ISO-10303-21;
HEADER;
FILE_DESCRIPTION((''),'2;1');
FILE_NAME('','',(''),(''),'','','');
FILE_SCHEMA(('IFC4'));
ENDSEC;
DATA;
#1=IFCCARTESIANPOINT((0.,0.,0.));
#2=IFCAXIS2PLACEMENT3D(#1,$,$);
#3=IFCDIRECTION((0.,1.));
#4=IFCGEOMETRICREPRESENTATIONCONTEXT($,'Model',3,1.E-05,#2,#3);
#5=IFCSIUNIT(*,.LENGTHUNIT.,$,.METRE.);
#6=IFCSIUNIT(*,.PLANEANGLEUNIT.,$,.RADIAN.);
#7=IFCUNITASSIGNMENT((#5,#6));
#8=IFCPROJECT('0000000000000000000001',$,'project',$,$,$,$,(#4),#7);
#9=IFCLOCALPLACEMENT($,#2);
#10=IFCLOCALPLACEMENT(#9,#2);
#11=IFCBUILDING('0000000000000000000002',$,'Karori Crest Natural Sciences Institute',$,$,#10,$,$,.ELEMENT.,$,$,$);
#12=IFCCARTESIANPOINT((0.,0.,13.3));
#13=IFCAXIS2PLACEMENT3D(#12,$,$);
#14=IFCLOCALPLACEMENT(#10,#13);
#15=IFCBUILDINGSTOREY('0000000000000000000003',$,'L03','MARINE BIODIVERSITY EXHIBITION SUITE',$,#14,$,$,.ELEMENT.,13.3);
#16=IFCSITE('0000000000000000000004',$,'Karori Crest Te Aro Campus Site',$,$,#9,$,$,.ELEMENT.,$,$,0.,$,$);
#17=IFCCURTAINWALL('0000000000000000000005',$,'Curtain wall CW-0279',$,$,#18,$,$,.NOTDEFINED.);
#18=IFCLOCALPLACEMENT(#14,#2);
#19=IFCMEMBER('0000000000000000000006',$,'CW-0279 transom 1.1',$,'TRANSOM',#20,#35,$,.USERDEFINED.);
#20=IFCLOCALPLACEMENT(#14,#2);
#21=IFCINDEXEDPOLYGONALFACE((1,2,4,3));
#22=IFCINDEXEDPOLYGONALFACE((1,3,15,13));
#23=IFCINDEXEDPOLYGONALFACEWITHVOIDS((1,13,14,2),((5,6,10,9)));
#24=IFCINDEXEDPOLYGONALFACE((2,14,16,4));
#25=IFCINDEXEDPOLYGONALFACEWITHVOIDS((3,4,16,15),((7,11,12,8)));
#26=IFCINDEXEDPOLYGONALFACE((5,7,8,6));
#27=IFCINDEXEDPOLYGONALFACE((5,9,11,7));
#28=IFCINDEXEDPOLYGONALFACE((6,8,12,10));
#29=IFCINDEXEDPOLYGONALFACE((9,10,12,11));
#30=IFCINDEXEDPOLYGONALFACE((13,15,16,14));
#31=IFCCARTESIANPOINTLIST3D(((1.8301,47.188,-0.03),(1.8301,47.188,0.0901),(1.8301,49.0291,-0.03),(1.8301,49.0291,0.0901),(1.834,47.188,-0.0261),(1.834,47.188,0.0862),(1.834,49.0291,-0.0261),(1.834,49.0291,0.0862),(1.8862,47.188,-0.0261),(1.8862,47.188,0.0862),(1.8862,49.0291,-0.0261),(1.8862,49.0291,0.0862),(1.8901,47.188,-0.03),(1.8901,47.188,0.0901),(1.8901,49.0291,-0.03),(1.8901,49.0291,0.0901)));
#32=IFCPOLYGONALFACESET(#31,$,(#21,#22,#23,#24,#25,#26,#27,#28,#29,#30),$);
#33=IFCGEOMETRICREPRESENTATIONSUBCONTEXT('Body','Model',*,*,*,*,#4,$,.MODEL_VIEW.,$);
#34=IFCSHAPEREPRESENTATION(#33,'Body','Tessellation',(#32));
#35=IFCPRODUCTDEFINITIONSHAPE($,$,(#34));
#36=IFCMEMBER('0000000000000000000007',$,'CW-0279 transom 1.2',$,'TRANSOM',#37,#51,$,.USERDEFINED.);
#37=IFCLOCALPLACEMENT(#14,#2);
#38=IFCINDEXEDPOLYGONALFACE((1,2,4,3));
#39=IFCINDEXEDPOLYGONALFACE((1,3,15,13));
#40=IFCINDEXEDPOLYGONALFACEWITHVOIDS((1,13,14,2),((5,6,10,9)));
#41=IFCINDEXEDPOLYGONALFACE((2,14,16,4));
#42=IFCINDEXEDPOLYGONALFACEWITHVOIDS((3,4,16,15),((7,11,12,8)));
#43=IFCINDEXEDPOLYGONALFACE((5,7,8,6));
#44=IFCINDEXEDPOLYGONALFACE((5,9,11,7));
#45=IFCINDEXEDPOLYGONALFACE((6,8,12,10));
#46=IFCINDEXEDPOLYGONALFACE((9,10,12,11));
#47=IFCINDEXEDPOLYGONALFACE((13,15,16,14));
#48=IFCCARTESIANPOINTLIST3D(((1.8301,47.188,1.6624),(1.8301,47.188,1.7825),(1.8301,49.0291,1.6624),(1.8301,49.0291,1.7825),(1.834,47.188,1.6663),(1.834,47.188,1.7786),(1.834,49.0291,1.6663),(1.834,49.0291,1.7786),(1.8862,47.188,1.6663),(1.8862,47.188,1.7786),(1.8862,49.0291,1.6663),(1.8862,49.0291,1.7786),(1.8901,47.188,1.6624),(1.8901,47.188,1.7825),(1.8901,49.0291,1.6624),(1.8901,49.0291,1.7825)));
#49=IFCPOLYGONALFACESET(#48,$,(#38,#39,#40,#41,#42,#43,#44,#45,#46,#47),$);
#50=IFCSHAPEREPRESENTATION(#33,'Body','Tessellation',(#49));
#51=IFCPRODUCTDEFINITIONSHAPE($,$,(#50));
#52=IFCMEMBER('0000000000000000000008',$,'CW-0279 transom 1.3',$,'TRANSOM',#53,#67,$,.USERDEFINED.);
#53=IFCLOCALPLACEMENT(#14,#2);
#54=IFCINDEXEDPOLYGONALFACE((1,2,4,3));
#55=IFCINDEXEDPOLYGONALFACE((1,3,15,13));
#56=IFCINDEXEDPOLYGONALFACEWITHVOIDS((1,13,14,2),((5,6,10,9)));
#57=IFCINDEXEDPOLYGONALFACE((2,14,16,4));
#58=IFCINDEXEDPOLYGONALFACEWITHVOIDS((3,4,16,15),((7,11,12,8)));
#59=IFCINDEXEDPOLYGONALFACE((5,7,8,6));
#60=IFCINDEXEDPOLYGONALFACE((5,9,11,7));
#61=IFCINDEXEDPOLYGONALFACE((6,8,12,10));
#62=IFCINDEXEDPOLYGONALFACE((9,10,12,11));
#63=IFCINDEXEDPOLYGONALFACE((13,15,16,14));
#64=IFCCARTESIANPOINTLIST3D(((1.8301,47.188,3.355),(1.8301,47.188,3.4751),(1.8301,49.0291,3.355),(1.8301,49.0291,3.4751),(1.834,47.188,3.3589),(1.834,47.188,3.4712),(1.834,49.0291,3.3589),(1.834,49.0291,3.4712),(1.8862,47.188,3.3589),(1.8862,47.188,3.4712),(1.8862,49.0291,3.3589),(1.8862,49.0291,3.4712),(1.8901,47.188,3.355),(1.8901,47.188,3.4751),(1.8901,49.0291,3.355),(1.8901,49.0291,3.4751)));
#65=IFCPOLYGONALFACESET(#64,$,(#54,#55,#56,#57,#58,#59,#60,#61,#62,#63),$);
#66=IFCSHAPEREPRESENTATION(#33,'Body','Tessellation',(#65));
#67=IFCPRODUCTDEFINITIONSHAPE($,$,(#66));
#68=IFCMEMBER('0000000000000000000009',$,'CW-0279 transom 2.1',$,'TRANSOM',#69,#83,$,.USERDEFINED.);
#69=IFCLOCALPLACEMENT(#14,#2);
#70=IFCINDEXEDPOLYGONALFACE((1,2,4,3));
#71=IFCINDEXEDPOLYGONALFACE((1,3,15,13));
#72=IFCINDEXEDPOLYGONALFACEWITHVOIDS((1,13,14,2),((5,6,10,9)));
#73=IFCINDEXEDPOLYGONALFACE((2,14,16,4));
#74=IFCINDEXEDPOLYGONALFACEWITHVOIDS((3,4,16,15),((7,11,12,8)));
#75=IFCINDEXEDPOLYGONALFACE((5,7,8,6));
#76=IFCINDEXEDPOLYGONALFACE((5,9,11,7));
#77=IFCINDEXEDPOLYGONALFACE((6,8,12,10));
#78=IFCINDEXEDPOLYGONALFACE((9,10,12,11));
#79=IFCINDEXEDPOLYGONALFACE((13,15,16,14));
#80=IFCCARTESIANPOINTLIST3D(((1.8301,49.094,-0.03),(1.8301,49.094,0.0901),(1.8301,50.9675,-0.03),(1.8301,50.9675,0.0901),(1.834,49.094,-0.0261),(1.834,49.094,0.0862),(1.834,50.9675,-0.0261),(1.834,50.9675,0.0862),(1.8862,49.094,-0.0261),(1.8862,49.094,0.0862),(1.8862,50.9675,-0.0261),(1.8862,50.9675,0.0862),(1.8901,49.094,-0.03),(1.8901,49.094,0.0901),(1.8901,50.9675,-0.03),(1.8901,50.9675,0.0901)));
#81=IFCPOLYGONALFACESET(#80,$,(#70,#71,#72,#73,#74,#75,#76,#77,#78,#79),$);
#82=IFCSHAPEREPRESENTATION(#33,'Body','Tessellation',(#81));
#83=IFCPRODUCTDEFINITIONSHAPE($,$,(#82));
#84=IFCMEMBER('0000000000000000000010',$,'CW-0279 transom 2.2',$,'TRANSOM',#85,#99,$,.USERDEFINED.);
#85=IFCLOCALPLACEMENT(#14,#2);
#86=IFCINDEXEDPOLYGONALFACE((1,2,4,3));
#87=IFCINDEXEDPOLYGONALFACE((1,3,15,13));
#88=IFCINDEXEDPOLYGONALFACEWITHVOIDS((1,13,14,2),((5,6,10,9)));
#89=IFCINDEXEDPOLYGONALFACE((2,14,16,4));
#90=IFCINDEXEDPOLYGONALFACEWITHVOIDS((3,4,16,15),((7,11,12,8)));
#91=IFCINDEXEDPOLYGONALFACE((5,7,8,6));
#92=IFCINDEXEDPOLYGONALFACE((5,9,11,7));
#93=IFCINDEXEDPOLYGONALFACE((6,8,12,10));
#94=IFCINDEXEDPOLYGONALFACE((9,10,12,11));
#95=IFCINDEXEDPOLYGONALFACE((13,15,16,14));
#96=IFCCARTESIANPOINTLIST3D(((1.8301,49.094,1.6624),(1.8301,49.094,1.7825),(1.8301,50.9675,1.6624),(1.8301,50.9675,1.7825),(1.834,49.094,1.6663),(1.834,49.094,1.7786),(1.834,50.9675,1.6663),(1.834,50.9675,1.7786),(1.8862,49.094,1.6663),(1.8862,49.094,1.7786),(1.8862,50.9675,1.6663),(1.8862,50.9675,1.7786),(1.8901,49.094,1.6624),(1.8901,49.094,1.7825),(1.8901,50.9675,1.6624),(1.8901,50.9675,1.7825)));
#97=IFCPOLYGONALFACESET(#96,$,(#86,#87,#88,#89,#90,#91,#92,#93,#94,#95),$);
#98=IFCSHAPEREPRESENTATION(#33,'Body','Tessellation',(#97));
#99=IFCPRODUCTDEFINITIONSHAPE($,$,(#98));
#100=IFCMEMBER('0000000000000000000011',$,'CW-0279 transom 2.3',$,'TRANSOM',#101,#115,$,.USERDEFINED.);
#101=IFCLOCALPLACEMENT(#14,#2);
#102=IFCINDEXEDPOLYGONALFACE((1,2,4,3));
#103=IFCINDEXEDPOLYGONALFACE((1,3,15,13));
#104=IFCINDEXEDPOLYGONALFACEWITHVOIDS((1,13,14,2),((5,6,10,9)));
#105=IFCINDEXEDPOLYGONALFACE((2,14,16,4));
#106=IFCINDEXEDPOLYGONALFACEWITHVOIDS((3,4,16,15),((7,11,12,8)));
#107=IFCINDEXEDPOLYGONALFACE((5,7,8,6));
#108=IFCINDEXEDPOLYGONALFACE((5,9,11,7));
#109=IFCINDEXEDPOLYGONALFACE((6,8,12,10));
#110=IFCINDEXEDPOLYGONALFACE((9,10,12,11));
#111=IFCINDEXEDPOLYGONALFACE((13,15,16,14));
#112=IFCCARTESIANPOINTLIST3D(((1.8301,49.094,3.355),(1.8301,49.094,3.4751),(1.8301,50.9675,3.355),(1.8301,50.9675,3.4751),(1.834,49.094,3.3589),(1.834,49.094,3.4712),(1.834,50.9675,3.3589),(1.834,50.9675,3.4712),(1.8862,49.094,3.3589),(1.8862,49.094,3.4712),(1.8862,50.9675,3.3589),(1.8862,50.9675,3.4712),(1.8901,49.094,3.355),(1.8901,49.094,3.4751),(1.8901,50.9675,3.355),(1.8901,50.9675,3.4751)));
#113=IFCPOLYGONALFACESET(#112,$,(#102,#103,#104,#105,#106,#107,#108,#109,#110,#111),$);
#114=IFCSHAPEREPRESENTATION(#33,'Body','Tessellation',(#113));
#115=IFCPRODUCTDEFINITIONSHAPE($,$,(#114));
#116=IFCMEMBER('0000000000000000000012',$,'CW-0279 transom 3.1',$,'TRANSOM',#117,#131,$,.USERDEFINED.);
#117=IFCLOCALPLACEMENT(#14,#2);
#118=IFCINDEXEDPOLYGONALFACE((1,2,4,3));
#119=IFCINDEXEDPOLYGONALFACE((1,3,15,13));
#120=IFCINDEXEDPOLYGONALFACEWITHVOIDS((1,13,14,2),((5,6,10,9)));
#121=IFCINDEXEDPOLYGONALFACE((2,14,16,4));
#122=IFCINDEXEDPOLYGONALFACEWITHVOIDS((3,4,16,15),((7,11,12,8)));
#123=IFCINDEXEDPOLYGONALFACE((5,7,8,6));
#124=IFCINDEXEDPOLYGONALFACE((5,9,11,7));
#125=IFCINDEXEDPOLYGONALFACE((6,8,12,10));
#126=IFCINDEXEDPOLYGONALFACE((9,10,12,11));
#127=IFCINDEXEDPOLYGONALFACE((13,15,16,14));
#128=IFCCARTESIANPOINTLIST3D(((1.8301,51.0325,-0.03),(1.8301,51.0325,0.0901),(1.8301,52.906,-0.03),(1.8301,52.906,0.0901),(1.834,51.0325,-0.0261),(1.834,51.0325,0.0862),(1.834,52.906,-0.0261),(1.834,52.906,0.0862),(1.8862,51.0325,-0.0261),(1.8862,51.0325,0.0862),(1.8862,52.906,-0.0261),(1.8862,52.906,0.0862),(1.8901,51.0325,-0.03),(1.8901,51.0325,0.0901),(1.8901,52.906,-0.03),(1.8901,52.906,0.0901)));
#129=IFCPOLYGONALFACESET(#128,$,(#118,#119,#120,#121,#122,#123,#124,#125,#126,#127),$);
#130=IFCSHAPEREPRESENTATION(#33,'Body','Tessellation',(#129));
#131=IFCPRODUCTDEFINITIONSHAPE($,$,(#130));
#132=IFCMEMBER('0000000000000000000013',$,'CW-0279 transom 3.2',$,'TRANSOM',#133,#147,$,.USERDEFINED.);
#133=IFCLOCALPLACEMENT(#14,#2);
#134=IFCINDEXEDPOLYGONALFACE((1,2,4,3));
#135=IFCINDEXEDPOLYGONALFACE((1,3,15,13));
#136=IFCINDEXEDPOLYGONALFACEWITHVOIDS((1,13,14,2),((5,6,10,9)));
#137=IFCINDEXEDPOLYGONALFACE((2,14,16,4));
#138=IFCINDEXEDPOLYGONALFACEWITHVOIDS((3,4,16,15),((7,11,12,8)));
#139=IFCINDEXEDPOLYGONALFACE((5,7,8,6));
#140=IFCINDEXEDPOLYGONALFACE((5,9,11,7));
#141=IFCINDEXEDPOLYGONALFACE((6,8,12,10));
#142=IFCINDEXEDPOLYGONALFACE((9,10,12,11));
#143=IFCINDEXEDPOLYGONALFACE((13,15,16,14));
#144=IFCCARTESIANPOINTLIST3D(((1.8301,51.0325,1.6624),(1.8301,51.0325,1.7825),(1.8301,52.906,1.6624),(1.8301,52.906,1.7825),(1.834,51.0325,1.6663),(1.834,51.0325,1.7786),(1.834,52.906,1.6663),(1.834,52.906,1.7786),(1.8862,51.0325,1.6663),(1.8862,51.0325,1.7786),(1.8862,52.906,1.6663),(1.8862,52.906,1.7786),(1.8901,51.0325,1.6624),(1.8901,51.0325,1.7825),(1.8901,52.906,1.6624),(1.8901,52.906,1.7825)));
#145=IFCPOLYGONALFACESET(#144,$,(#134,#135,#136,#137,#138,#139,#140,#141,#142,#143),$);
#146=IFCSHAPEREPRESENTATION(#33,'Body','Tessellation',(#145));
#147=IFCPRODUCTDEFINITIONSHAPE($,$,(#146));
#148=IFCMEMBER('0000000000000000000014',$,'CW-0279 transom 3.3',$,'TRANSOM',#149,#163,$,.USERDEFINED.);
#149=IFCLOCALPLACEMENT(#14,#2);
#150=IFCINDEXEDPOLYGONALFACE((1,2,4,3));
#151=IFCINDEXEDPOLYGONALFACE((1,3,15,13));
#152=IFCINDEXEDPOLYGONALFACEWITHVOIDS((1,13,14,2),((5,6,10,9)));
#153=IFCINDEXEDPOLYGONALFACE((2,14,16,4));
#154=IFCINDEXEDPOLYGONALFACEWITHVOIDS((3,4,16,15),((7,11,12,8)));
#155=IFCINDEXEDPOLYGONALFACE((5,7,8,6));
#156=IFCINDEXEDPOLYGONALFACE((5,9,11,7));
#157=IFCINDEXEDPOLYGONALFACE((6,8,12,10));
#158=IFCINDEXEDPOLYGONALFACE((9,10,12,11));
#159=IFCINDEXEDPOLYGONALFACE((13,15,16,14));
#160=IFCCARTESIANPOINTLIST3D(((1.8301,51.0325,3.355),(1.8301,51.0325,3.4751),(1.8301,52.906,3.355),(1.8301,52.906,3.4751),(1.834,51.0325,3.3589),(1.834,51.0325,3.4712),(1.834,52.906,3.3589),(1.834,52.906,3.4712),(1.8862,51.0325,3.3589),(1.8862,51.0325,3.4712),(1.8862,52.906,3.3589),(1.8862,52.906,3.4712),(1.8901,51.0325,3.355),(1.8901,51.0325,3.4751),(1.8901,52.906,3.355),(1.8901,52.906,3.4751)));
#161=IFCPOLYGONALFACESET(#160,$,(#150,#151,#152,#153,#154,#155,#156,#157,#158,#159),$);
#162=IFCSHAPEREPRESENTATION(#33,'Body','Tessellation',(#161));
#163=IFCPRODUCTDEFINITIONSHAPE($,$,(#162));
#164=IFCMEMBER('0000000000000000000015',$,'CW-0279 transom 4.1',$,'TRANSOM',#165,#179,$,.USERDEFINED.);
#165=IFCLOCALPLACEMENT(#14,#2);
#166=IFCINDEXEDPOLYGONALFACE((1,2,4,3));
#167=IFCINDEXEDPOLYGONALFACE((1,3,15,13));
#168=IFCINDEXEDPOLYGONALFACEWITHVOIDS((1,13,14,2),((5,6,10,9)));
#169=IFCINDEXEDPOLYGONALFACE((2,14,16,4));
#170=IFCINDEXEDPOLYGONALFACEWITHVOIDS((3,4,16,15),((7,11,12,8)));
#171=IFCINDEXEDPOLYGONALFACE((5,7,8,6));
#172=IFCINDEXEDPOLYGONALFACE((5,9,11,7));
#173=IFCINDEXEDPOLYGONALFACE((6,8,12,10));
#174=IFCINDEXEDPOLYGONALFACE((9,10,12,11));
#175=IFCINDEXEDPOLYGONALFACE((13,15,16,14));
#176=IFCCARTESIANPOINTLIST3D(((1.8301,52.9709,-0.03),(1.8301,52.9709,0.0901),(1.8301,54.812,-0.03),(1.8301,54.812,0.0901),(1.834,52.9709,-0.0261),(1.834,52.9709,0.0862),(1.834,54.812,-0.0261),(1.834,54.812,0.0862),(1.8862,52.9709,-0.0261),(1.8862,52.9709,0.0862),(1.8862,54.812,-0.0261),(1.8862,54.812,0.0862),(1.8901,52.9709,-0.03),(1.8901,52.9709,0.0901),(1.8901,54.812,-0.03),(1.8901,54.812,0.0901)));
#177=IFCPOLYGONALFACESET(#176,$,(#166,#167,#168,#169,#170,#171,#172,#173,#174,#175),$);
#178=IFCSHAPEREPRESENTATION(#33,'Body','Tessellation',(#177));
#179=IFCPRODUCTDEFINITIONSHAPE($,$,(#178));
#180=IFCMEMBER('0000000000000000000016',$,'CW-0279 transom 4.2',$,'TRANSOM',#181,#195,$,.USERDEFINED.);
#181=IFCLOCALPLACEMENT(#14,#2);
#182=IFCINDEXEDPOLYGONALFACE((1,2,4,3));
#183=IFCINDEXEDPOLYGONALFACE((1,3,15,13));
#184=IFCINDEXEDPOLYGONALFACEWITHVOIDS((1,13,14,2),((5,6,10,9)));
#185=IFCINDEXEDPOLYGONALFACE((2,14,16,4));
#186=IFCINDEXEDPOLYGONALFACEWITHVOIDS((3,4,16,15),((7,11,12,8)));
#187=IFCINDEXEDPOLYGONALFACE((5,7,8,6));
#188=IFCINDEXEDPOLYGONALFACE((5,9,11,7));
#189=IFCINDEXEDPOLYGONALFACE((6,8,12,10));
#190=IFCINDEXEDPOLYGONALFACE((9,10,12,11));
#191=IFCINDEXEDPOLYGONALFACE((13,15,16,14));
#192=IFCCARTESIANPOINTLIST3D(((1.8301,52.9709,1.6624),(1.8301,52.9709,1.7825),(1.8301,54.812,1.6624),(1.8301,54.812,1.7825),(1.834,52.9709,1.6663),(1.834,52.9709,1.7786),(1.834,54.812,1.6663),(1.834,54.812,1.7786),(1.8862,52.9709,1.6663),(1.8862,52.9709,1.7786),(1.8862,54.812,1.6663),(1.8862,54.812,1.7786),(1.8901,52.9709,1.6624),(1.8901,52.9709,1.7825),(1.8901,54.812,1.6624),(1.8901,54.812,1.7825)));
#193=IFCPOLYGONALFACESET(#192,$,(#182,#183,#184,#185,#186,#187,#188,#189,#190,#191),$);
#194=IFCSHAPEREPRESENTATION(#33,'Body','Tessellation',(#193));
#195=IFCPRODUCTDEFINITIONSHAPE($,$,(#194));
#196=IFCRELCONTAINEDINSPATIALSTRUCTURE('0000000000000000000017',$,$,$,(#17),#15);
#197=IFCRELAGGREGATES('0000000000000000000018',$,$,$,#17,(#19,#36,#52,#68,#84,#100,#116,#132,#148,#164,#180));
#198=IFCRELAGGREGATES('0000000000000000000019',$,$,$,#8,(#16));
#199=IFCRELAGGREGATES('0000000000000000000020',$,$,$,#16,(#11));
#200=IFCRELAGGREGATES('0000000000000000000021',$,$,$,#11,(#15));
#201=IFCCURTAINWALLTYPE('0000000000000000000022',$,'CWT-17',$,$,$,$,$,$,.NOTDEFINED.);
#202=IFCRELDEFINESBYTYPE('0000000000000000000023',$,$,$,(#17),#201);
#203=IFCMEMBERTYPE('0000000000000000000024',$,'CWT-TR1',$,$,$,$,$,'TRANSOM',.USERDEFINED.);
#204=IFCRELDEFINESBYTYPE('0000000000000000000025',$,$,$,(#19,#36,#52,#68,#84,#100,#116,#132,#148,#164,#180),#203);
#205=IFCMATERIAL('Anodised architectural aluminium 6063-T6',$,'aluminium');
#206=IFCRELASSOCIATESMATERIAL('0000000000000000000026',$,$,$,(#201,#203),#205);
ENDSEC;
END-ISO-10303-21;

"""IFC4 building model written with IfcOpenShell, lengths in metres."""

from ifc_helpers import new_model, si_unit, direction, frame, origin, origin_2d, place, context, subcontext, project, spatial, hollow_rectangle, extrude, material, material_profile, profile_set, type_object, element, aggregate, save


model = new_model("IFC4")

# Units and contexts
model_context = context("Model", 3, precision=1e-05, world=origin(), true_north=direction((0.0, 1.0)))
body_context = subcontext(model_context, "Body", "Model", "MODEL_VIEW")
ifc_project = project(units=[si_unit("LENGTHUNIT", "METRE"), si_unit("PLANEANGLEUNIT", "RADIAN")], contexts=[model_context])

# Site, building, storey
site_placement = place(None, origin())
site = spatial("IfcSite", under=ifc_project, at=site_placement, Name="Karori Crest Te Aro Campus Site", CompositionType="ELEMENT", RefElevation=0.0)
building_placement = place(site_placement, origin())
building = spatial("IfcBuilding", under=site, at=building_placement, Name="Karori Crest Natural Sciences Institute", CompositionType="ELEMENT")
storey_placement = place(building_placement, frame((0.0, 0.0, 13.3)))
storey = spatial("IfcBuildingStorey", under=building, at=storey_placement, Name="L03", Description="MARINE BIODIVERSITY EXHIBITION SUITE", CompositionType="ELEMENT", Elevation=13.3)

# Curtain wall, members
ifc_material_1 = material(Name="Anodised architectural aluminium 6063-T6", Category="aluminium")
curtain_wall_type = type_object("IfcCurtainWallType", Name="CWT-17", PredefinedType="NOTDEFINED", material=ifc_material_1)
curtain_wall_placement = place(storey_placement, origin())
curtain_wall = element("IfcCurtainWall", 1, at=curtain_wall_placement, inside=storey, type_object=curtain_wall_type, Name="Curtain wall CW-0279", PredefinedType="NOTDEFINED")
ifc_material_profile_1 = material_profile(ifc_material_1, hollow_rectangle(XDim=0.0601, YDim=0.1201, WallThickness=0.0039, at=origin_2d()), Name="CWT120x60x4")
ifc_profile_set_1 = profile_set([ifc_material_profile_1], Name="Anodised architectural aluminium 6063-T6")
member_type_1 = type_object("IfcMemberType", Name="CWT-TR1", ElementType="TRANSOM", PredefinedType="USERDEFINED", material=ifc_profile_set_1)
member_1_placement = place(storey_placement, frame((1.8601, 47.188, 0.03), z_axis=(0.0, 1.0, 0.0), x_axis=(-1.0, 0.0, 0.0)))
member_1 = element("IfcMember", 2, at=member_1_placement, type_object=member_type_1, Name="CW-0279 transom 1.1", ObjectType="TRANSOM", PredefinedType="USERDEFINED", context=body_context, shape_type="SweptSolid", body=[
    extrude(hollow_rectangle(XDim=0.0601, YDim=0.1201, WallThickness=0.0039, at=origin_2d()), origin(), (0.0, 0.0, 1.0), 1.8411),
])
member_2_placement = place(storey_placement, frame((1.8601, 47.188, 1.7224), z_axis=(0.0, 1.0, 0.0), x_axis=(-1.0, 0.0, 0.0)))
member_2 = element("IfcMember", 3, at=member_2_placement, type_object=member_type_1, Name="CW-0279 transom 1.2", ObjectType="TRANSOM", PredefinedType="USERDEFINED", context=body_context, shape_type="SweptSolid", body=[
    extrude(hollow_rectangle(XDim=0.0601, YDim=0.1201, WallThickness=0.0039, at=origin_2d()), origin(), (0.0, 0.0, 1.0), 1.8411),
])
member_3_placement = place(storey_placement, frame((1.8601, 47.188, 3.415), z_axis=(0.0, 1.0, 0.0), x_axis=(-1.0, 0.0, 0.0)))
member_3 = element("IfcMember", 4, at=member_3_placement, type_object=member_type_1, Name="CW-0279 transom 1.3", ObjectType="TRANSOM", PredefinedType="USERDEFINED", context=body_context, shape_type="SweptSolid", body=[
    extrude(hollow_rectangle(XDim=0.0601, YDim=0.1201, WallThickness=0.0039, at=origin_2d()), origin(), (0.0, 0.0, 1.0), 1.8411),
])
member_4_placement = place(storey_placement, frame((1.8601, 49.094, 0.03), z_axis=(0.0, 1.0, 0.0), x_axis=(-1.0, 0.0, 0.0)))
member_4 = element("IfcMember", 5, at=member_4_placement, type_object=member_type_1, Name="CW-0279 transom 2.1", ObjectType="TRANSOM", PredefinedType="USERDEFINED", context=body_context, shape_type="SweptSolid", body=[
    extrude(hollow_rectangle(XDim=0.0601, YDim=0.1201, WallThickness=0.0039, at=origin_2d()), origin(), (0.0, 0.0, 1.0), 1.8735),
])
member_5_placement = place(storey_placement, frame((1.8601, 49.094, 1.7224), z_axis=(0.0, 1.0, 0.0), x_axis=(-1.0, 0.0, 0.0)))
member_5 = element("IfcMember", 6, at=member_5_placement, type_object=member_type_1, Name="CW-0279 transom 2.2", ObjectType="TRANSOM", PredefinedType="USERDEFINED", context=body_context, shape_type="SweptSolid", body=[
    extrude(hollow_rectangle(XDim=0.0601, YDim=0.1201, WallThickness=0.0039, at=origin_2d()), origin(), (0.0, 0.0, 1.0), 1.8735),
])
member_6_placement = place(storey_placement, frame((1.8601, 49.094, 3.415), z_axis=(0.0, 1.0, 0.0), x_axis=(-1.0, 0.0, 0.0)))
member_6 = element("IfcMember", 7, at=member_6_placement, type_object=member_type_1, Name="CW-0279 transom 2.3", ObjectType="TRANSOM", PredefinedType="USERDEFINED", context=body_context, shape_type="SweptSolid", body=[
    extrude(hollow_rectangle(XDim=0.0601, YDim=0.1201, WallThickness=0.0039, at=origin_2d()), origin(), (0.0, 0.0, 1.0), 1.8735),
])
member_7_placement = place(storey_placement, frame((1.8601, 51.0325, 0.03), z_axis=(0.0, 1.0, 0.0), x_axis=(-1.0, 0.0, 0.0)))
member_7 = element("IfcMember", 8, at=member_7_placement, type_object=member_type_1, Name="CW-0279 transom 3.1", ObjectType="TRANSOM", PredefinedType="USERDEFINED", context=body_context, shape_type="SweptSolid", body=[
    extrude(hollow_rectangle(XDim=0.0601, YDim=0.1201, WallThickness=0.0039, at=origin_2d()), origin(), (0.0, 0.0, 1.0), 1.8735),
])
member_8_placement = place(storey_placement, frame((1.8601, 51.0325, 1.7224), z_axis=(0.0, 1.0, 0.0), x_axis=(-1.0, 0.0, 0.0)))
member_8 = element("IfcMember", 9, at=member_8_placement, type_object=member_type_1, Name="CW-0279 transom 3.2", ObjectType="TRANSOM", PredefinedType="USERDEFINED", context=body_context, shape_type="SweptSolid", body=[
    extrude(hollow_rectangle(XDim=0.0601, YDim=0.1201, WallThickness=0.0039, at=origin_2d()), origin(), (0.0, 0.0, 1.0), 1.8735),
])
member_9_placement = place(storey_placement, frame((1.8601, 51.0325, 3.415), z_axis=(0.0, 1.0, 0.0), x_axis=(-1.0, 0.0, 0.0)))
member_9 = element("IfcMember", 10, at=member_9_placement, type_object=member_type_1, Name="CW-0279 transom 3.3", ObjectType="TRANSOM", PredefinedType="USERDEFINED", context=body_context, shape_type="SweptSolid", body=[
    extrude(hollow_rectangle(XDim=0.0601, YDim=0.1201, WallThickness=0.0039, at=origin_2d()), origin(), (0.0, 0.0, 1.0), 1.8735),
])
member_10_placement = place(storey_placement, frame((1.8601, 52.9709, 0.03), z_axis=(0.0, 1.0, 0.0), x_axis=(-1.0, 0.0, 0.0)))
member_10 = element("IfcMember", 11, at=member_10_placement, type_object=member_type_1, Name="CW-0279 transom 4.1", ObjectType="TRANSOM", PredefinedType="USERDEFINED", context=body_context, shape_type="SweptSolid", body=[
    extrude(hollow_rectangle(XDim=0.0601, YDim=0.1201, WallThickness=0.0039, at=origin_2d()), origin(), (0.0, 0.0, 1.0), 1.8411),
])
member_11_placement = place(storey_placement, frame((1.8601, 52.9709, 1.7224), z_axis=(0.0, 1.0, 0.0), x_axis=(-1.0, 0.0, 0.0)))
member_11 = element("IfcMember", 12, at=member_11_placement, type_object=member_type_1, Name="CW-0279 transom 4.2", ObjectType="TRANSOM", PredefinedType="USERDEFINED", context=body_context, shape_type="SweptSolid", body=[
    extrude(hollow_rectangle(XDim=0.0601, YDim=0.1201, WallThickness=0.0039, at=origin_2d()), origin(), (0.0, 0.0, 1.0), 1.8411),
])
aggregate(curtain_wall, [member_1, member_2, member_3, member_4, member_5, member_6, member_7, member_8, member_9, member_10, member_11])

save(model, "model.ifc")
